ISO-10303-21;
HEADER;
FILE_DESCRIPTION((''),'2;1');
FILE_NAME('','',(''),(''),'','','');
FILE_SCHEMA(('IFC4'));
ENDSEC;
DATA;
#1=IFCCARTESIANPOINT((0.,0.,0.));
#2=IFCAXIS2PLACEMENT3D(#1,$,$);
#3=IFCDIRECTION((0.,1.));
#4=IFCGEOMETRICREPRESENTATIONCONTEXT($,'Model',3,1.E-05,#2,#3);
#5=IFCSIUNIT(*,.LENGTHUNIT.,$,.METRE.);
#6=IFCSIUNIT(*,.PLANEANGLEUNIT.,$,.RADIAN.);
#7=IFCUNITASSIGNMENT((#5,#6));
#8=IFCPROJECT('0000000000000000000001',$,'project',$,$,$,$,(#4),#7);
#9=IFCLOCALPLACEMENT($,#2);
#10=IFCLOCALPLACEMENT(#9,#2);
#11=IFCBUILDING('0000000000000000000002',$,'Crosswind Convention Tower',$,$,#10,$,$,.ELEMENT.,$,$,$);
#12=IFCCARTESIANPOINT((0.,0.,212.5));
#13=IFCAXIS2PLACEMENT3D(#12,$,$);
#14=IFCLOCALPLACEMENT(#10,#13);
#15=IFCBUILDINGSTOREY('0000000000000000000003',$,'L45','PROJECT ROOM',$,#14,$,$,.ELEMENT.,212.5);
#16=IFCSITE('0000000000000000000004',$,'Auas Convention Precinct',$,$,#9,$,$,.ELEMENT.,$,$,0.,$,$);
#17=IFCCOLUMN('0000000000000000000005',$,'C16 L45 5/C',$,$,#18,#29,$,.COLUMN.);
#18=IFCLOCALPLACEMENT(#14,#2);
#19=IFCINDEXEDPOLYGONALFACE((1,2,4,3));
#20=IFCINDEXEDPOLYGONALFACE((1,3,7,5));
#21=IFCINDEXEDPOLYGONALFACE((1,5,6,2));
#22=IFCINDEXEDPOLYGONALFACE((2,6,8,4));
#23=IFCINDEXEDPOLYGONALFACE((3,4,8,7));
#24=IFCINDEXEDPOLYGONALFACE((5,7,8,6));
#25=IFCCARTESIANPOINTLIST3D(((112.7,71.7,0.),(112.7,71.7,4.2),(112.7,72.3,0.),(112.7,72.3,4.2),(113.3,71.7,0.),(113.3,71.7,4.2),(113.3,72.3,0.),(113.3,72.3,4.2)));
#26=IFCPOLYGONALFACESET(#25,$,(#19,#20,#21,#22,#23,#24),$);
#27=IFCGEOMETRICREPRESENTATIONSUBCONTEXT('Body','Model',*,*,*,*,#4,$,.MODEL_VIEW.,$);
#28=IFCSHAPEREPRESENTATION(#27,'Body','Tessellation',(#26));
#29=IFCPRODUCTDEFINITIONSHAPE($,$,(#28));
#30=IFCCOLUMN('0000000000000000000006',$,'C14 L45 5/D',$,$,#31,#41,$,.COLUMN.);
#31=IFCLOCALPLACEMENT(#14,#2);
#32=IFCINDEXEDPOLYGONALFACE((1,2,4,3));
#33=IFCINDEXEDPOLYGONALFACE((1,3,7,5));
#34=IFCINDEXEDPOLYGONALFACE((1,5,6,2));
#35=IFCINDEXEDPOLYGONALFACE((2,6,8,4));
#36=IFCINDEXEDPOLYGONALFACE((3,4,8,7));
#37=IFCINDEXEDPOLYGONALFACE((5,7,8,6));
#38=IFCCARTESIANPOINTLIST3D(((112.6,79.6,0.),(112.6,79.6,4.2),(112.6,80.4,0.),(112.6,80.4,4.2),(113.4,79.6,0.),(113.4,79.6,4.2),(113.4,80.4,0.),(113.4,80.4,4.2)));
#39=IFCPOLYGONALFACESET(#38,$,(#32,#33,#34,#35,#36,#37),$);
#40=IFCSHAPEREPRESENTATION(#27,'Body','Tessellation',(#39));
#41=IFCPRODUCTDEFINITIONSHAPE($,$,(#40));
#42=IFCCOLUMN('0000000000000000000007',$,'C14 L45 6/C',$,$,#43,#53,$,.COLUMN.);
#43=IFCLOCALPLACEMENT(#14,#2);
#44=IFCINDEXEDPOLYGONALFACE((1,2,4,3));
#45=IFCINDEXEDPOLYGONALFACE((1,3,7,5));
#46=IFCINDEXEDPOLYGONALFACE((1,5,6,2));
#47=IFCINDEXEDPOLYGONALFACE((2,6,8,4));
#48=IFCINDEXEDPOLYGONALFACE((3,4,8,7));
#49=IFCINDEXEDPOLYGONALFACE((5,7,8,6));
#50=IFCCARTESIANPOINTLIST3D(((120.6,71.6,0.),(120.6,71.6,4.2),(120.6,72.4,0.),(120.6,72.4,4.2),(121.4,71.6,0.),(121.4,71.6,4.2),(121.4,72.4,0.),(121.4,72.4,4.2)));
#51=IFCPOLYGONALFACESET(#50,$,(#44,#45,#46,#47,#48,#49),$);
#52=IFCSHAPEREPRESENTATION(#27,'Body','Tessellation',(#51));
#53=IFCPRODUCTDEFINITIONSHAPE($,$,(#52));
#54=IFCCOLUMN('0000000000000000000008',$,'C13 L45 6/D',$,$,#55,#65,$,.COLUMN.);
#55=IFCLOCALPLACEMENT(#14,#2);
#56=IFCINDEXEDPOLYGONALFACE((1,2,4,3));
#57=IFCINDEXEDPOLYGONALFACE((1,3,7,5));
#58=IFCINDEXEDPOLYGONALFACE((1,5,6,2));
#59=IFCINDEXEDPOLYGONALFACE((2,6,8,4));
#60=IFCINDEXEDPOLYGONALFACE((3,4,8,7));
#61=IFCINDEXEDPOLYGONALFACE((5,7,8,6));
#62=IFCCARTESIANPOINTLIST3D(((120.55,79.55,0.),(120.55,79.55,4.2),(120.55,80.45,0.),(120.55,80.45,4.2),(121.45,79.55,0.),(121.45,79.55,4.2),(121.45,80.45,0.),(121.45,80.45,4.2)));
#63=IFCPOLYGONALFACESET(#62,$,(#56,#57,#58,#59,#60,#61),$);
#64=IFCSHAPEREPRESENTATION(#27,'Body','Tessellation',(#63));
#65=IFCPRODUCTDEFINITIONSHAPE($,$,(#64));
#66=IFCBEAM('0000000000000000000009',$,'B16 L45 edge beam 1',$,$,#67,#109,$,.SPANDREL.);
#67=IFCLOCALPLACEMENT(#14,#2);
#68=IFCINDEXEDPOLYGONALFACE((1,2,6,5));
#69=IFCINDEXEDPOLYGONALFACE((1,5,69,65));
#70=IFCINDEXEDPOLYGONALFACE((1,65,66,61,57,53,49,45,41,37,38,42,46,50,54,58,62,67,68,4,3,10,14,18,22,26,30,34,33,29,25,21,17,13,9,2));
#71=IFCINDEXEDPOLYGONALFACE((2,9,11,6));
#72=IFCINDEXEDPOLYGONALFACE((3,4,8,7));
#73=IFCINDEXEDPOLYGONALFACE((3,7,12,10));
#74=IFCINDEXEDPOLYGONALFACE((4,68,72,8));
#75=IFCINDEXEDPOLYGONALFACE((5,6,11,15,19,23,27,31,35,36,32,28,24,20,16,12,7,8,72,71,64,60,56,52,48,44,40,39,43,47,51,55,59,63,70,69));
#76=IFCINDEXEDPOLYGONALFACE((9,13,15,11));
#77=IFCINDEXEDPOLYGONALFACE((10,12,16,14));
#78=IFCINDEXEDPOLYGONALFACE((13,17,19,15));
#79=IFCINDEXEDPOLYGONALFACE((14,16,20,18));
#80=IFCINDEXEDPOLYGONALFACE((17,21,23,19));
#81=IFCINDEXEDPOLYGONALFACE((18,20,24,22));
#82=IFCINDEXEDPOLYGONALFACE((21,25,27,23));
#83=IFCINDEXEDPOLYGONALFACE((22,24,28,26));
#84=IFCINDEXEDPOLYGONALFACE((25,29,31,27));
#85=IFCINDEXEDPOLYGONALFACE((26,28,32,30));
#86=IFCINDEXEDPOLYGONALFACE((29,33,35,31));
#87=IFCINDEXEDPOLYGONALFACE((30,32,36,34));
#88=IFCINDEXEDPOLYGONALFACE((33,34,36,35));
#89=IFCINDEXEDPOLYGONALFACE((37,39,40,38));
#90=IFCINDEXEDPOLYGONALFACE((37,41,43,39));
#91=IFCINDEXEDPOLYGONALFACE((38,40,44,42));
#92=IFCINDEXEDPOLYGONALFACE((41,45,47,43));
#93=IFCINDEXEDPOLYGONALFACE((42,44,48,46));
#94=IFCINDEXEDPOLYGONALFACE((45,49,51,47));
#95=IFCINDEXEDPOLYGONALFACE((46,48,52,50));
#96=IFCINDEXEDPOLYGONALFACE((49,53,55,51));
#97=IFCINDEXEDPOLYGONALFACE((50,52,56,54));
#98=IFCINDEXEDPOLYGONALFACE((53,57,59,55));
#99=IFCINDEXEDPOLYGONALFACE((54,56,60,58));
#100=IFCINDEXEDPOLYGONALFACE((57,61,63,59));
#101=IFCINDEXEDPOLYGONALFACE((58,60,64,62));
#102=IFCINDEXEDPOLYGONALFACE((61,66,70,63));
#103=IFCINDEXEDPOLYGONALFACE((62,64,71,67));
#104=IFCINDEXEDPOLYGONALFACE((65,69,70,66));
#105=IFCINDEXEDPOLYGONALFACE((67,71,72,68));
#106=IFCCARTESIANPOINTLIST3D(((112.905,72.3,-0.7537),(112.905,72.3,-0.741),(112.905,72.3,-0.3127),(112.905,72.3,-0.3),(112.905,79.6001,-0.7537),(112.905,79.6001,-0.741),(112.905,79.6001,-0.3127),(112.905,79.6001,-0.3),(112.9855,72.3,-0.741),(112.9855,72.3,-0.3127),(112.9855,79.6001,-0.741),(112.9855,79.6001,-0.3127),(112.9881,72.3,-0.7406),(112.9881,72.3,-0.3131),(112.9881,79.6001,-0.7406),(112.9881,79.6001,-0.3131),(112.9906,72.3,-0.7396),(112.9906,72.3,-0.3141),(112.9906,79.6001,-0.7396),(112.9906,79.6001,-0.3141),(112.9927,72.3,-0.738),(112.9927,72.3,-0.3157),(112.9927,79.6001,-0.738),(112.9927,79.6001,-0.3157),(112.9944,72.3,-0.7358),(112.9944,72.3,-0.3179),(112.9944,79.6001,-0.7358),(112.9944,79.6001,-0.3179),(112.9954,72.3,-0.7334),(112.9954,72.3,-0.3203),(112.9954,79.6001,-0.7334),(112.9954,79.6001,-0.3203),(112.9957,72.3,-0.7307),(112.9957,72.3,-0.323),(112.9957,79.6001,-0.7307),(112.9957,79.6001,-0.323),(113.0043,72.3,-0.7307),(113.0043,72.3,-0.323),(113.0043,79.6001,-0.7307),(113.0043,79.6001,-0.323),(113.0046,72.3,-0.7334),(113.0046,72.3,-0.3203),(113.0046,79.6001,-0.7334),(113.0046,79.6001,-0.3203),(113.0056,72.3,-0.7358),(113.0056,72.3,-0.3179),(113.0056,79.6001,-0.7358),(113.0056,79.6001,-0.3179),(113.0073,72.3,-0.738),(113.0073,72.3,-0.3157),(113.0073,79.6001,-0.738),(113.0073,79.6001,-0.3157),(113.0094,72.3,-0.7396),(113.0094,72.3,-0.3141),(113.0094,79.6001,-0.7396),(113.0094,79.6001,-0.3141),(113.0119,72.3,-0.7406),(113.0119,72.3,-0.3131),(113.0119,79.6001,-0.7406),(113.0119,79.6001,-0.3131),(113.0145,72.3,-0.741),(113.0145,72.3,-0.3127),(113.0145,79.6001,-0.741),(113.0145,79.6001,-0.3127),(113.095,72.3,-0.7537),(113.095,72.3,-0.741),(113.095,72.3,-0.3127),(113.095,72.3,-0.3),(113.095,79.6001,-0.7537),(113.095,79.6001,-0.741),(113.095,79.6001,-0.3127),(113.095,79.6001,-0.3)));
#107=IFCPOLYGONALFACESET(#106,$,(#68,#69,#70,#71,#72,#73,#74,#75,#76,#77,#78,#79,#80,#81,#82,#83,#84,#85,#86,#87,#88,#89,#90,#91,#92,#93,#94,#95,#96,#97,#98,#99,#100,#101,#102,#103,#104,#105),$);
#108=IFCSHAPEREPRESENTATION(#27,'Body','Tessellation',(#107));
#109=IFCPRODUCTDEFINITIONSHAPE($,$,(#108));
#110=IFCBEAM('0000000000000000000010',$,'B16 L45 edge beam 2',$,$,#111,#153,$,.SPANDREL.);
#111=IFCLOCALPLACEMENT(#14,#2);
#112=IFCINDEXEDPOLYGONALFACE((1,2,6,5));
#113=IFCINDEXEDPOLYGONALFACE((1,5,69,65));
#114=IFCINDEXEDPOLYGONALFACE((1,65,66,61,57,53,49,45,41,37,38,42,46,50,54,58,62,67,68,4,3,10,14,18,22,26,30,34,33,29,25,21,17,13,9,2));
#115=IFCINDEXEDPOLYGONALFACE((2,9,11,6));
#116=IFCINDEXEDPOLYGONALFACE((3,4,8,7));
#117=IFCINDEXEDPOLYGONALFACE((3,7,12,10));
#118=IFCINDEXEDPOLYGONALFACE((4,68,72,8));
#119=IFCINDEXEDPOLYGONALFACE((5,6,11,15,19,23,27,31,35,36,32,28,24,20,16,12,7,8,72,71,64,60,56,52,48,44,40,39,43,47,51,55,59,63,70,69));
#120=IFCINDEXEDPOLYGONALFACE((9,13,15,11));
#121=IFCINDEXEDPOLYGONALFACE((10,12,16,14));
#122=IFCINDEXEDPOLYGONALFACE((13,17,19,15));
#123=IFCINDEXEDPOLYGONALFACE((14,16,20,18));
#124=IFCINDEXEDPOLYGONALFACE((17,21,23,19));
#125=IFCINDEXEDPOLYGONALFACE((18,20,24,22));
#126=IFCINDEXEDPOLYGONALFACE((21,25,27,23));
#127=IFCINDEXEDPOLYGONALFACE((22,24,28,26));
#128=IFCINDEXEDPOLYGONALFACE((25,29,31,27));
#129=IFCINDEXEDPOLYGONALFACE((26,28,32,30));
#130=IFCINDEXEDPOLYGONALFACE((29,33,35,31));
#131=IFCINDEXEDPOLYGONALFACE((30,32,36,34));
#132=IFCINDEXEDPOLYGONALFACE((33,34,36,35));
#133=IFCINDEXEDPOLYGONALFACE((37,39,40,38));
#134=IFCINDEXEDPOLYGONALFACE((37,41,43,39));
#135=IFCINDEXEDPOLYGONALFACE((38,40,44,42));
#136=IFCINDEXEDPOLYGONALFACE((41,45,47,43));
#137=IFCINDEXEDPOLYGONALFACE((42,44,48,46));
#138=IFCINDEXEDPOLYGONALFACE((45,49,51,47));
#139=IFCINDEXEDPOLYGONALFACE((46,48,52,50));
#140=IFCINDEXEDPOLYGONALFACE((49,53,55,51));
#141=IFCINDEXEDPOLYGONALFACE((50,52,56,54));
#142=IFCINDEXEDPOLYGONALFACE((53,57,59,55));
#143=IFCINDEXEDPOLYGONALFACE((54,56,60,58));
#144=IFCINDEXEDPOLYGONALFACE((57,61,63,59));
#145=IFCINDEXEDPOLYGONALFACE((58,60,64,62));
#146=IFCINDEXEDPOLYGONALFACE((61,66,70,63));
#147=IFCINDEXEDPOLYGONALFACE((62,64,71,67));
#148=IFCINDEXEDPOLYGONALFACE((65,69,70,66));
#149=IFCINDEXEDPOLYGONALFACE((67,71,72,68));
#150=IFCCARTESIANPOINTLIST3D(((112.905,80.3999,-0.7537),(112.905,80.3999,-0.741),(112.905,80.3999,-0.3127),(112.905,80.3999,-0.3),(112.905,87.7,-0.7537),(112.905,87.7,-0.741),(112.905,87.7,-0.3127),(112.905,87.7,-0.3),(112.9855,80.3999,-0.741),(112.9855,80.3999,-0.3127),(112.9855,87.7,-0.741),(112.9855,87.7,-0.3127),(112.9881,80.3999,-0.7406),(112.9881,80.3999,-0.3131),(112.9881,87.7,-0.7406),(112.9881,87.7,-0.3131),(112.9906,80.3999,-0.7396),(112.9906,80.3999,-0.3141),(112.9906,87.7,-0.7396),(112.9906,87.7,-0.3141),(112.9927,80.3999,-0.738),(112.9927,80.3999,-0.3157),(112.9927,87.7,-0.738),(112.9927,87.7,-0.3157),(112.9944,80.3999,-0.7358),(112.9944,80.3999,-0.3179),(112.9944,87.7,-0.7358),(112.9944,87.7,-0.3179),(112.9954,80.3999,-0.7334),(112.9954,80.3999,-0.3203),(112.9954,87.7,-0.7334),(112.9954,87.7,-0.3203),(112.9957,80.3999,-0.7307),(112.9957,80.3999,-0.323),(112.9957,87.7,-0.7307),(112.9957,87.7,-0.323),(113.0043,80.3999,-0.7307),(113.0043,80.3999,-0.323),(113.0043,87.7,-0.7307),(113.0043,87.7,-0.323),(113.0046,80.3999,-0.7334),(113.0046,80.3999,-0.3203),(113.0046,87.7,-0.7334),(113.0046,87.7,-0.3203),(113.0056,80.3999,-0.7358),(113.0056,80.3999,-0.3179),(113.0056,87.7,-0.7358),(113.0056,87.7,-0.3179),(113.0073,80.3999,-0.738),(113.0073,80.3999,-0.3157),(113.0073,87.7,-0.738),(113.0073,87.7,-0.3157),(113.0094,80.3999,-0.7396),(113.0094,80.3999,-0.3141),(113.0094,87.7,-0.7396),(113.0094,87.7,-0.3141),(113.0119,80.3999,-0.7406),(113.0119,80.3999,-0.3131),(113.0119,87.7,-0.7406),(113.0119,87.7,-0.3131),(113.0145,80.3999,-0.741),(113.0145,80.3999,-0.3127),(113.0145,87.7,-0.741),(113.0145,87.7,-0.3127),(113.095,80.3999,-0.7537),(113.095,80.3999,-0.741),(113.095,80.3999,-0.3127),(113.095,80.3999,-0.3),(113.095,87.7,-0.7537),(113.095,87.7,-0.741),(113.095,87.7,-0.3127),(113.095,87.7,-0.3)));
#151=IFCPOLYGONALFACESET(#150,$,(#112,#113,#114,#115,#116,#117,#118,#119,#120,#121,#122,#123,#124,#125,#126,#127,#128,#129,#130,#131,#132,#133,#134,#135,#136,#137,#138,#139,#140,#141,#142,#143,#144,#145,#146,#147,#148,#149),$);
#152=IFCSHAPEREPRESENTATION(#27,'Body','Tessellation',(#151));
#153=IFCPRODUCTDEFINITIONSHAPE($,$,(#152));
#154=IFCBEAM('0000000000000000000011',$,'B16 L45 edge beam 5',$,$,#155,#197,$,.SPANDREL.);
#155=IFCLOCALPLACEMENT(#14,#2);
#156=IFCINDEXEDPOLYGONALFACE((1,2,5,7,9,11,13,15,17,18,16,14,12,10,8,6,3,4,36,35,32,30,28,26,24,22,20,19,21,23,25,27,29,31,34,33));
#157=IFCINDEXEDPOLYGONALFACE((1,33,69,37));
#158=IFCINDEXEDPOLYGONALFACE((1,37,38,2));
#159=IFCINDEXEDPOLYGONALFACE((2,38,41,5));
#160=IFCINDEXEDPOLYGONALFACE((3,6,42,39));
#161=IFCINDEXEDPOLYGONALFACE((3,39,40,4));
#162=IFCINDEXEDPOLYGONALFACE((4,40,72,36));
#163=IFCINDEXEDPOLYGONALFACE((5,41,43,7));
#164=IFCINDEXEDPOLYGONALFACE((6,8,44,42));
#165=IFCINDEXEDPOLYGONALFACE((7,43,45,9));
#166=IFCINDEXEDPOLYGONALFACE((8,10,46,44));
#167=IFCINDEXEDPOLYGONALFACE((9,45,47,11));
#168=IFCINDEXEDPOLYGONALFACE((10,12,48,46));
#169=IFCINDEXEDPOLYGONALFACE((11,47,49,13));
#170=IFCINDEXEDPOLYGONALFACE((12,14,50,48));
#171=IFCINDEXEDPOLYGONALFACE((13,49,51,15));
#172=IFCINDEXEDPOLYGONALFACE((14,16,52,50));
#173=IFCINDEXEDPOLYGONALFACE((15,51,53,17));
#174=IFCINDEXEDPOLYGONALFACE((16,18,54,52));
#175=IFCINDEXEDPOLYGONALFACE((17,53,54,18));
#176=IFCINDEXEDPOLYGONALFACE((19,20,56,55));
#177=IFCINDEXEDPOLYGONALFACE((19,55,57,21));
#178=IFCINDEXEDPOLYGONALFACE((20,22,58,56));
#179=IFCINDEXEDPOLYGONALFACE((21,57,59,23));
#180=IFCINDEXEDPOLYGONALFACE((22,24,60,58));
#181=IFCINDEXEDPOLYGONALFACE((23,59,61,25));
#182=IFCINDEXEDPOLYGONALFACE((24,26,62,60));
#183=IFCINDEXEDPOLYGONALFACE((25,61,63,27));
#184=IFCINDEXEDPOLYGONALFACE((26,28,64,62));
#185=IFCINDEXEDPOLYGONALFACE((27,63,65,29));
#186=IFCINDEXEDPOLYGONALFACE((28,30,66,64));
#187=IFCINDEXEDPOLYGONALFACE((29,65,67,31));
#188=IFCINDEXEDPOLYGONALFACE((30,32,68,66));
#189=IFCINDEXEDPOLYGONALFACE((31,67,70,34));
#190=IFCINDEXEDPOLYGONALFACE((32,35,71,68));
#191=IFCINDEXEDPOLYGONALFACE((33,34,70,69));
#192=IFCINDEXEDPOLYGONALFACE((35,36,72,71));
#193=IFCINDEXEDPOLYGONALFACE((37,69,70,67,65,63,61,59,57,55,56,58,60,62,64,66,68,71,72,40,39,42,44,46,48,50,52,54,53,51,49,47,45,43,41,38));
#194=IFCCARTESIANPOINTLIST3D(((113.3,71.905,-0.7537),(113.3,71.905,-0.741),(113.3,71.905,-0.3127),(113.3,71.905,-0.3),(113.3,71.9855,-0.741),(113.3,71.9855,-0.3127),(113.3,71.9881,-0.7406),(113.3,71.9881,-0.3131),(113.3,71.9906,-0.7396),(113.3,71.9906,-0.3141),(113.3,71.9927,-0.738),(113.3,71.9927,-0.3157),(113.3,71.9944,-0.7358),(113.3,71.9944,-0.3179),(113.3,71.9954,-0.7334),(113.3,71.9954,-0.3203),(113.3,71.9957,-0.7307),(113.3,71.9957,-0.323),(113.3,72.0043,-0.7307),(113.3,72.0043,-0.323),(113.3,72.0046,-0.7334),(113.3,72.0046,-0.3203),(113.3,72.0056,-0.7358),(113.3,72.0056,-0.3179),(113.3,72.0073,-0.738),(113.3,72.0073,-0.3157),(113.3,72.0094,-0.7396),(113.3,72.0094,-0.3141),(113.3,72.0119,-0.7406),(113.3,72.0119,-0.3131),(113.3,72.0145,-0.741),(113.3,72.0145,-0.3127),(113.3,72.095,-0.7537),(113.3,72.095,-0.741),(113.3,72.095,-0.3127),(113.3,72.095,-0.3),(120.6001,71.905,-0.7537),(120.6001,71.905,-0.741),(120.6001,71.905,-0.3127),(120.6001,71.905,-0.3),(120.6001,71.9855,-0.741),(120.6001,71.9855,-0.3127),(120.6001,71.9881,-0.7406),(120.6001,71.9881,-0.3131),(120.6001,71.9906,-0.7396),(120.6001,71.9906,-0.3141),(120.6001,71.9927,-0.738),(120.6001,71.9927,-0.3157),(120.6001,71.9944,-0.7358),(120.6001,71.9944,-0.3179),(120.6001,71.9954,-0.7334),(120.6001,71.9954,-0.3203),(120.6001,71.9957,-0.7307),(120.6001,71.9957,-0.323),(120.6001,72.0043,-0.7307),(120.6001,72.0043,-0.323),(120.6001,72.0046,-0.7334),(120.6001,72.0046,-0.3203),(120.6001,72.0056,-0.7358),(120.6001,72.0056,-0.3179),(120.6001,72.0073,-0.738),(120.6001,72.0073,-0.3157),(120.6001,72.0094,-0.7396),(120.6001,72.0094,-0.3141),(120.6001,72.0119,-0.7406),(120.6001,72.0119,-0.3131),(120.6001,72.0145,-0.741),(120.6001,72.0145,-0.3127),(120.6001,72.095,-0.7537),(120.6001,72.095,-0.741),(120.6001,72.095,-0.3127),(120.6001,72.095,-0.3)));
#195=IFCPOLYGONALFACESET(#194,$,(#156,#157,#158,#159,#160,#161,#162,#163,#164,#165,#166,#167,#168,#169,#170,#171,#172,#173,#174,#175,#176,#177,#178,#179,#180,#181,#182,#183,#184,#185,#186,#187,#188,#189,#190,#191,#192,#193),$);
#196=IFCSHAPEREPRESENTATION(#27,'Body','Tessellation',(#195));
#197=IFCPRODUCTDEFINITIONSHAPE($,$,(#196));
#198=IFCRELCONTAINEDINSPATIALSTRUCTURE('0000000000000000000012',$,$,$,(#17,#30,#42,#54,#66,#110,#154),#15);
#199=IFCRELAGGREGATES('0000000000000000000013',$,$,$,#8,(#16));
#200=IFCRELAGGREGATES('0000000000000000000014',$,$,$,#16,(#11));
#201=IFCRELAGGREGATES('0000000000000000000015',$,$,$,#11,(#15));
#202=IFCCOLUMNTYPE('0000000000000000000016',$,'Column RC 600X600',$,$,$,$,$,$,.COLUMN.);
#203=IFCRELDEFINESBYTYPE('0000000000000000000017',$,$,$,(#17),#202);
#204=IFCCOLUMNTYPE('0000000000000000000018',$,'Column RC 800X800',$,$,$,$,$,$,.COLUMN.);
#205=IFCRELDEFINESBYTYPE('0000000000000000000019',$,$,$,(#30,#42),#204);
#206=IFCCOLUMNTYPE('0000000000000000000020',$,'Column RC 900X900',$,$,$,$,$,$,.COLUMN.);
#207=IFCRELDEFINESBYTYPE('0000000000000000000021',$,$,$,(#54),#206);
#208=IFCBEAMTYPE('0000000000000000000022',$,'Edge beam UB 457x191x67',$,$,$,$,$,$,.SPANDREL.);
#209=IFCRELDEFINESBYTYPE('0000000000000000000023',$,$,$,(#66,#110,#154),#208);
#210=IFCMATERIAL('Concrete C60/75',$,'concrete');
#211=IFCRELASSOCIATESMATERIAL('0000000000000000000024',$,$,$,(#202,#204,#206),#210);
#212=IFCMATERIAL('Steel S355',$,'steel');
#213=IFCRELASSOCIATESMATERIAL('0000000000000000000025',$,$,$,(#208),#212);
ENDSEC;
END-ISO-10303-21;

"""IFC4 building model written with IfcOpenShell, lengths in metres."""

from ifc_helpers import new_model, si_unit, direction, frame, origin, origin_2d, place, context, subcontext, project, spatial, rectangle, i_section, extrude, material, material_profile, profile_set, type_object, element, save


model = new_model("IFC4")

# Units and contexts
model_context = context("Model", 3, precision=1e-05, world=origin(), true_north=direction((0.0, 1.0)))
body_context = subcontext(model_context, "Body", "Model", "MODEL_VIEW")
ifc_project = project(units=[si_unit("LENGTHUNIT", "METRE"), si_unit("PLANEANGLEUNIT", "RADIAN")], contexts=[model_context])

# Site, building, storey
site_placement = place(None, origin())
site = spatial("IfcSite", under=ifc_project, at=site_placement, Name="Auas Convention Precinct", CompositionType="ELEMENT", RefElevation=0.0)
building_placement = place(site_placement, origin())
building = spatial("IfcBuilding", under=site, at=building_placement, Name="Crosswind Convention Tower", CompositionType="ELEMENT")
storey_placement = place(building_placement, frame((0.0, 0.0, 212.5)))
storey = spatial("IfcBuildingStorey", under=building, at=storey_placement, Name="L45", Description="PROJECT ROOM", CompositionType="ELEMENT", Elevation=212.5)

# Columns
ifc_material_1 = material(Name="Concrete C60/75", Category="concrete")
ifc_material_profile_1 = material_profile(ifc_material_1, rectangle(XDim=0.6001, YDim=0.6001, at=origin_2d()), Name="RC 600X600")
ifc_profile_set_1 = profile_set([ifc_material_profile_1], Name="Concrete C60/75")
column_type_1 = type_object("IfcColumnType", Name="Column RC 600X600", PredefinedType="COLUMN", material=ifc_profile_set_1)
column_1_placement = place(storey_placement, frame((113.0, 72.0, 0.0), z_axis=(0.0, 0.0, 1.0), x_axis=(1.0, 0.0, 0.0)))
element("IfcColumn", 1, at=column_1_placement, inside=storey, type_object=column_type_1, Name="C16 L45 5/C", PredefinedType="COLUMN", context=body_context, shape_type="SweptSolid", body=[
    extrude(rectangle(XDim=0.6001, YDim=0.6001, at=origin_2d()), origin(), (0.0, 0.0, 1.0), 4.2),
])
ifc_material_profile_2 = material_profile(ifc_material_1, rectangle(XDim=0.8, YDim=0.8, at=origin_2d()), Name="RC 800X800")
ifc_profile_set_2 = profile_set([ifc_material_profile_2], Name="Concrete C60/75")
column_type_2 = type_object("IfcColumnType", Name="Column RC 800X800", PredefinedType="COLUMN", material=ifc_profile_set_2)
for number, where, z_axis, x_axis, name in (
    (2, (113.0, 80.0, 0.0), (0.0, 0.0, 1.0), (1.0, 0.0, 0.0), "C14 L45 5/D"),
    (3, (121.0, 72.0, 0.0), (0.0, 0.0, 1.0), (1.0, 0.0, 0.0), "C14 L45 6/C"),
):
    element("IfcColumn", number, at=place(storey_placement, frame(where, z_axis=z_axis, x_axis=x_axis)), inside=storey, type_object=column_type_2, Name=name, PredefinedType="COLUMN", context=body_context, shape_type="SweptSolid", body=[
        extrude(rectangle(XDim=0.8, YDim=0.8, at=origin_2d()), origin(), (0.0, 0.0, 1.0), 4.2),
    ])
ifc_material_profile_3 = material_profile(ifc_material_1, rectangle(XDim=0.8999, YDim=0.8999, at=origin_2d()), Name="RC 900X900")
ifc_profile_set_3 = profile_set([ifc_material_profile_3], Name="Concrete C60/75")
column_type_3 = type_object("IfcColumnType", Name="Column RC 900X900", PredefinedType="COLUMN", material=ifc_profile_set_3)
column_2_placement = place(storey_placement, frame((121.0, 80.0, 0.0), z_axis=(0.0, 0.0, 1.0), x_axis=(1.0, 0.0, 0.0)))
element("IfcColumn", 4, at=column_2_placement, inside=storey, type_object=column_type_3, Name="C13 L45 6/D", PredefinedType="COLUMN", context=body_context, shape_type="SweptSolid", body=[
    extrude(rectangle(XDim=0.8999, YDim=0.8999, at=origin_2d()), origin(), (0.0, 0.0, 1.0), 4.2),
])

# Beams
ifc_material_2 = material(Name="Steel S355", Category="steel")
ifc_material_profile_4 = material_profile(ifc_material_2, i_section(OverallWidth=0.1899, OverallDepth=0.4536, WebThickness=0.0085, FlangeThickness=0.0127, FilletRadius=0.0103, at=origin_2d()), Name="UB 457x191x67")
ifc_profile_set_4 = profile_set([ifc_material_profile_4], Name="Steel S355")
beam_type_1 = type_object("IfcBeamType", Name="Edge beam UB 457x191x67", PredefinedType="SPANDREL", material=ifc_profile_set_4)
for number, where, z_axis, x_axis, name in (
    (5, (113.0, 72.3, -0.5269), (0.0, 1.0, 0.0), (-1.0, 0.0, 0.0), "B16 L45 edge beam 1"),
    (6, (113.0, 80.3999, -0.5269), (0.0, 1.0, 0.0), (-1.0, 0.0, 0.0), "B16 L45 edge beam 2"),
    (7, (113.3, 72.0, -0.5269), (1.0, 0.0, 0.0), (0.0, 1.0, 0.0), "B16 L45 edge beam 5"),
):
    element("IfcBeam", number, at=place(storey_placement, frame(where, z_axis=z_axis, x_axis=x_axis)), inside=storey, type_object=beam_type_1, Name=name, PredefinedType="SPANDREL", context=body_context, shape_type="SweptSolid", body=[
        extrude(i_section(OverallWidth=0.1899, OverallDepth=0.4536, WebThickness=0.0085, FlangeThickness=0.0127, FilletRadius=0.0103, at=origin_2d()), origin(), (0.0, 0.0, 1.0), 7.3),
    ])

save(model, "model.ifc")
